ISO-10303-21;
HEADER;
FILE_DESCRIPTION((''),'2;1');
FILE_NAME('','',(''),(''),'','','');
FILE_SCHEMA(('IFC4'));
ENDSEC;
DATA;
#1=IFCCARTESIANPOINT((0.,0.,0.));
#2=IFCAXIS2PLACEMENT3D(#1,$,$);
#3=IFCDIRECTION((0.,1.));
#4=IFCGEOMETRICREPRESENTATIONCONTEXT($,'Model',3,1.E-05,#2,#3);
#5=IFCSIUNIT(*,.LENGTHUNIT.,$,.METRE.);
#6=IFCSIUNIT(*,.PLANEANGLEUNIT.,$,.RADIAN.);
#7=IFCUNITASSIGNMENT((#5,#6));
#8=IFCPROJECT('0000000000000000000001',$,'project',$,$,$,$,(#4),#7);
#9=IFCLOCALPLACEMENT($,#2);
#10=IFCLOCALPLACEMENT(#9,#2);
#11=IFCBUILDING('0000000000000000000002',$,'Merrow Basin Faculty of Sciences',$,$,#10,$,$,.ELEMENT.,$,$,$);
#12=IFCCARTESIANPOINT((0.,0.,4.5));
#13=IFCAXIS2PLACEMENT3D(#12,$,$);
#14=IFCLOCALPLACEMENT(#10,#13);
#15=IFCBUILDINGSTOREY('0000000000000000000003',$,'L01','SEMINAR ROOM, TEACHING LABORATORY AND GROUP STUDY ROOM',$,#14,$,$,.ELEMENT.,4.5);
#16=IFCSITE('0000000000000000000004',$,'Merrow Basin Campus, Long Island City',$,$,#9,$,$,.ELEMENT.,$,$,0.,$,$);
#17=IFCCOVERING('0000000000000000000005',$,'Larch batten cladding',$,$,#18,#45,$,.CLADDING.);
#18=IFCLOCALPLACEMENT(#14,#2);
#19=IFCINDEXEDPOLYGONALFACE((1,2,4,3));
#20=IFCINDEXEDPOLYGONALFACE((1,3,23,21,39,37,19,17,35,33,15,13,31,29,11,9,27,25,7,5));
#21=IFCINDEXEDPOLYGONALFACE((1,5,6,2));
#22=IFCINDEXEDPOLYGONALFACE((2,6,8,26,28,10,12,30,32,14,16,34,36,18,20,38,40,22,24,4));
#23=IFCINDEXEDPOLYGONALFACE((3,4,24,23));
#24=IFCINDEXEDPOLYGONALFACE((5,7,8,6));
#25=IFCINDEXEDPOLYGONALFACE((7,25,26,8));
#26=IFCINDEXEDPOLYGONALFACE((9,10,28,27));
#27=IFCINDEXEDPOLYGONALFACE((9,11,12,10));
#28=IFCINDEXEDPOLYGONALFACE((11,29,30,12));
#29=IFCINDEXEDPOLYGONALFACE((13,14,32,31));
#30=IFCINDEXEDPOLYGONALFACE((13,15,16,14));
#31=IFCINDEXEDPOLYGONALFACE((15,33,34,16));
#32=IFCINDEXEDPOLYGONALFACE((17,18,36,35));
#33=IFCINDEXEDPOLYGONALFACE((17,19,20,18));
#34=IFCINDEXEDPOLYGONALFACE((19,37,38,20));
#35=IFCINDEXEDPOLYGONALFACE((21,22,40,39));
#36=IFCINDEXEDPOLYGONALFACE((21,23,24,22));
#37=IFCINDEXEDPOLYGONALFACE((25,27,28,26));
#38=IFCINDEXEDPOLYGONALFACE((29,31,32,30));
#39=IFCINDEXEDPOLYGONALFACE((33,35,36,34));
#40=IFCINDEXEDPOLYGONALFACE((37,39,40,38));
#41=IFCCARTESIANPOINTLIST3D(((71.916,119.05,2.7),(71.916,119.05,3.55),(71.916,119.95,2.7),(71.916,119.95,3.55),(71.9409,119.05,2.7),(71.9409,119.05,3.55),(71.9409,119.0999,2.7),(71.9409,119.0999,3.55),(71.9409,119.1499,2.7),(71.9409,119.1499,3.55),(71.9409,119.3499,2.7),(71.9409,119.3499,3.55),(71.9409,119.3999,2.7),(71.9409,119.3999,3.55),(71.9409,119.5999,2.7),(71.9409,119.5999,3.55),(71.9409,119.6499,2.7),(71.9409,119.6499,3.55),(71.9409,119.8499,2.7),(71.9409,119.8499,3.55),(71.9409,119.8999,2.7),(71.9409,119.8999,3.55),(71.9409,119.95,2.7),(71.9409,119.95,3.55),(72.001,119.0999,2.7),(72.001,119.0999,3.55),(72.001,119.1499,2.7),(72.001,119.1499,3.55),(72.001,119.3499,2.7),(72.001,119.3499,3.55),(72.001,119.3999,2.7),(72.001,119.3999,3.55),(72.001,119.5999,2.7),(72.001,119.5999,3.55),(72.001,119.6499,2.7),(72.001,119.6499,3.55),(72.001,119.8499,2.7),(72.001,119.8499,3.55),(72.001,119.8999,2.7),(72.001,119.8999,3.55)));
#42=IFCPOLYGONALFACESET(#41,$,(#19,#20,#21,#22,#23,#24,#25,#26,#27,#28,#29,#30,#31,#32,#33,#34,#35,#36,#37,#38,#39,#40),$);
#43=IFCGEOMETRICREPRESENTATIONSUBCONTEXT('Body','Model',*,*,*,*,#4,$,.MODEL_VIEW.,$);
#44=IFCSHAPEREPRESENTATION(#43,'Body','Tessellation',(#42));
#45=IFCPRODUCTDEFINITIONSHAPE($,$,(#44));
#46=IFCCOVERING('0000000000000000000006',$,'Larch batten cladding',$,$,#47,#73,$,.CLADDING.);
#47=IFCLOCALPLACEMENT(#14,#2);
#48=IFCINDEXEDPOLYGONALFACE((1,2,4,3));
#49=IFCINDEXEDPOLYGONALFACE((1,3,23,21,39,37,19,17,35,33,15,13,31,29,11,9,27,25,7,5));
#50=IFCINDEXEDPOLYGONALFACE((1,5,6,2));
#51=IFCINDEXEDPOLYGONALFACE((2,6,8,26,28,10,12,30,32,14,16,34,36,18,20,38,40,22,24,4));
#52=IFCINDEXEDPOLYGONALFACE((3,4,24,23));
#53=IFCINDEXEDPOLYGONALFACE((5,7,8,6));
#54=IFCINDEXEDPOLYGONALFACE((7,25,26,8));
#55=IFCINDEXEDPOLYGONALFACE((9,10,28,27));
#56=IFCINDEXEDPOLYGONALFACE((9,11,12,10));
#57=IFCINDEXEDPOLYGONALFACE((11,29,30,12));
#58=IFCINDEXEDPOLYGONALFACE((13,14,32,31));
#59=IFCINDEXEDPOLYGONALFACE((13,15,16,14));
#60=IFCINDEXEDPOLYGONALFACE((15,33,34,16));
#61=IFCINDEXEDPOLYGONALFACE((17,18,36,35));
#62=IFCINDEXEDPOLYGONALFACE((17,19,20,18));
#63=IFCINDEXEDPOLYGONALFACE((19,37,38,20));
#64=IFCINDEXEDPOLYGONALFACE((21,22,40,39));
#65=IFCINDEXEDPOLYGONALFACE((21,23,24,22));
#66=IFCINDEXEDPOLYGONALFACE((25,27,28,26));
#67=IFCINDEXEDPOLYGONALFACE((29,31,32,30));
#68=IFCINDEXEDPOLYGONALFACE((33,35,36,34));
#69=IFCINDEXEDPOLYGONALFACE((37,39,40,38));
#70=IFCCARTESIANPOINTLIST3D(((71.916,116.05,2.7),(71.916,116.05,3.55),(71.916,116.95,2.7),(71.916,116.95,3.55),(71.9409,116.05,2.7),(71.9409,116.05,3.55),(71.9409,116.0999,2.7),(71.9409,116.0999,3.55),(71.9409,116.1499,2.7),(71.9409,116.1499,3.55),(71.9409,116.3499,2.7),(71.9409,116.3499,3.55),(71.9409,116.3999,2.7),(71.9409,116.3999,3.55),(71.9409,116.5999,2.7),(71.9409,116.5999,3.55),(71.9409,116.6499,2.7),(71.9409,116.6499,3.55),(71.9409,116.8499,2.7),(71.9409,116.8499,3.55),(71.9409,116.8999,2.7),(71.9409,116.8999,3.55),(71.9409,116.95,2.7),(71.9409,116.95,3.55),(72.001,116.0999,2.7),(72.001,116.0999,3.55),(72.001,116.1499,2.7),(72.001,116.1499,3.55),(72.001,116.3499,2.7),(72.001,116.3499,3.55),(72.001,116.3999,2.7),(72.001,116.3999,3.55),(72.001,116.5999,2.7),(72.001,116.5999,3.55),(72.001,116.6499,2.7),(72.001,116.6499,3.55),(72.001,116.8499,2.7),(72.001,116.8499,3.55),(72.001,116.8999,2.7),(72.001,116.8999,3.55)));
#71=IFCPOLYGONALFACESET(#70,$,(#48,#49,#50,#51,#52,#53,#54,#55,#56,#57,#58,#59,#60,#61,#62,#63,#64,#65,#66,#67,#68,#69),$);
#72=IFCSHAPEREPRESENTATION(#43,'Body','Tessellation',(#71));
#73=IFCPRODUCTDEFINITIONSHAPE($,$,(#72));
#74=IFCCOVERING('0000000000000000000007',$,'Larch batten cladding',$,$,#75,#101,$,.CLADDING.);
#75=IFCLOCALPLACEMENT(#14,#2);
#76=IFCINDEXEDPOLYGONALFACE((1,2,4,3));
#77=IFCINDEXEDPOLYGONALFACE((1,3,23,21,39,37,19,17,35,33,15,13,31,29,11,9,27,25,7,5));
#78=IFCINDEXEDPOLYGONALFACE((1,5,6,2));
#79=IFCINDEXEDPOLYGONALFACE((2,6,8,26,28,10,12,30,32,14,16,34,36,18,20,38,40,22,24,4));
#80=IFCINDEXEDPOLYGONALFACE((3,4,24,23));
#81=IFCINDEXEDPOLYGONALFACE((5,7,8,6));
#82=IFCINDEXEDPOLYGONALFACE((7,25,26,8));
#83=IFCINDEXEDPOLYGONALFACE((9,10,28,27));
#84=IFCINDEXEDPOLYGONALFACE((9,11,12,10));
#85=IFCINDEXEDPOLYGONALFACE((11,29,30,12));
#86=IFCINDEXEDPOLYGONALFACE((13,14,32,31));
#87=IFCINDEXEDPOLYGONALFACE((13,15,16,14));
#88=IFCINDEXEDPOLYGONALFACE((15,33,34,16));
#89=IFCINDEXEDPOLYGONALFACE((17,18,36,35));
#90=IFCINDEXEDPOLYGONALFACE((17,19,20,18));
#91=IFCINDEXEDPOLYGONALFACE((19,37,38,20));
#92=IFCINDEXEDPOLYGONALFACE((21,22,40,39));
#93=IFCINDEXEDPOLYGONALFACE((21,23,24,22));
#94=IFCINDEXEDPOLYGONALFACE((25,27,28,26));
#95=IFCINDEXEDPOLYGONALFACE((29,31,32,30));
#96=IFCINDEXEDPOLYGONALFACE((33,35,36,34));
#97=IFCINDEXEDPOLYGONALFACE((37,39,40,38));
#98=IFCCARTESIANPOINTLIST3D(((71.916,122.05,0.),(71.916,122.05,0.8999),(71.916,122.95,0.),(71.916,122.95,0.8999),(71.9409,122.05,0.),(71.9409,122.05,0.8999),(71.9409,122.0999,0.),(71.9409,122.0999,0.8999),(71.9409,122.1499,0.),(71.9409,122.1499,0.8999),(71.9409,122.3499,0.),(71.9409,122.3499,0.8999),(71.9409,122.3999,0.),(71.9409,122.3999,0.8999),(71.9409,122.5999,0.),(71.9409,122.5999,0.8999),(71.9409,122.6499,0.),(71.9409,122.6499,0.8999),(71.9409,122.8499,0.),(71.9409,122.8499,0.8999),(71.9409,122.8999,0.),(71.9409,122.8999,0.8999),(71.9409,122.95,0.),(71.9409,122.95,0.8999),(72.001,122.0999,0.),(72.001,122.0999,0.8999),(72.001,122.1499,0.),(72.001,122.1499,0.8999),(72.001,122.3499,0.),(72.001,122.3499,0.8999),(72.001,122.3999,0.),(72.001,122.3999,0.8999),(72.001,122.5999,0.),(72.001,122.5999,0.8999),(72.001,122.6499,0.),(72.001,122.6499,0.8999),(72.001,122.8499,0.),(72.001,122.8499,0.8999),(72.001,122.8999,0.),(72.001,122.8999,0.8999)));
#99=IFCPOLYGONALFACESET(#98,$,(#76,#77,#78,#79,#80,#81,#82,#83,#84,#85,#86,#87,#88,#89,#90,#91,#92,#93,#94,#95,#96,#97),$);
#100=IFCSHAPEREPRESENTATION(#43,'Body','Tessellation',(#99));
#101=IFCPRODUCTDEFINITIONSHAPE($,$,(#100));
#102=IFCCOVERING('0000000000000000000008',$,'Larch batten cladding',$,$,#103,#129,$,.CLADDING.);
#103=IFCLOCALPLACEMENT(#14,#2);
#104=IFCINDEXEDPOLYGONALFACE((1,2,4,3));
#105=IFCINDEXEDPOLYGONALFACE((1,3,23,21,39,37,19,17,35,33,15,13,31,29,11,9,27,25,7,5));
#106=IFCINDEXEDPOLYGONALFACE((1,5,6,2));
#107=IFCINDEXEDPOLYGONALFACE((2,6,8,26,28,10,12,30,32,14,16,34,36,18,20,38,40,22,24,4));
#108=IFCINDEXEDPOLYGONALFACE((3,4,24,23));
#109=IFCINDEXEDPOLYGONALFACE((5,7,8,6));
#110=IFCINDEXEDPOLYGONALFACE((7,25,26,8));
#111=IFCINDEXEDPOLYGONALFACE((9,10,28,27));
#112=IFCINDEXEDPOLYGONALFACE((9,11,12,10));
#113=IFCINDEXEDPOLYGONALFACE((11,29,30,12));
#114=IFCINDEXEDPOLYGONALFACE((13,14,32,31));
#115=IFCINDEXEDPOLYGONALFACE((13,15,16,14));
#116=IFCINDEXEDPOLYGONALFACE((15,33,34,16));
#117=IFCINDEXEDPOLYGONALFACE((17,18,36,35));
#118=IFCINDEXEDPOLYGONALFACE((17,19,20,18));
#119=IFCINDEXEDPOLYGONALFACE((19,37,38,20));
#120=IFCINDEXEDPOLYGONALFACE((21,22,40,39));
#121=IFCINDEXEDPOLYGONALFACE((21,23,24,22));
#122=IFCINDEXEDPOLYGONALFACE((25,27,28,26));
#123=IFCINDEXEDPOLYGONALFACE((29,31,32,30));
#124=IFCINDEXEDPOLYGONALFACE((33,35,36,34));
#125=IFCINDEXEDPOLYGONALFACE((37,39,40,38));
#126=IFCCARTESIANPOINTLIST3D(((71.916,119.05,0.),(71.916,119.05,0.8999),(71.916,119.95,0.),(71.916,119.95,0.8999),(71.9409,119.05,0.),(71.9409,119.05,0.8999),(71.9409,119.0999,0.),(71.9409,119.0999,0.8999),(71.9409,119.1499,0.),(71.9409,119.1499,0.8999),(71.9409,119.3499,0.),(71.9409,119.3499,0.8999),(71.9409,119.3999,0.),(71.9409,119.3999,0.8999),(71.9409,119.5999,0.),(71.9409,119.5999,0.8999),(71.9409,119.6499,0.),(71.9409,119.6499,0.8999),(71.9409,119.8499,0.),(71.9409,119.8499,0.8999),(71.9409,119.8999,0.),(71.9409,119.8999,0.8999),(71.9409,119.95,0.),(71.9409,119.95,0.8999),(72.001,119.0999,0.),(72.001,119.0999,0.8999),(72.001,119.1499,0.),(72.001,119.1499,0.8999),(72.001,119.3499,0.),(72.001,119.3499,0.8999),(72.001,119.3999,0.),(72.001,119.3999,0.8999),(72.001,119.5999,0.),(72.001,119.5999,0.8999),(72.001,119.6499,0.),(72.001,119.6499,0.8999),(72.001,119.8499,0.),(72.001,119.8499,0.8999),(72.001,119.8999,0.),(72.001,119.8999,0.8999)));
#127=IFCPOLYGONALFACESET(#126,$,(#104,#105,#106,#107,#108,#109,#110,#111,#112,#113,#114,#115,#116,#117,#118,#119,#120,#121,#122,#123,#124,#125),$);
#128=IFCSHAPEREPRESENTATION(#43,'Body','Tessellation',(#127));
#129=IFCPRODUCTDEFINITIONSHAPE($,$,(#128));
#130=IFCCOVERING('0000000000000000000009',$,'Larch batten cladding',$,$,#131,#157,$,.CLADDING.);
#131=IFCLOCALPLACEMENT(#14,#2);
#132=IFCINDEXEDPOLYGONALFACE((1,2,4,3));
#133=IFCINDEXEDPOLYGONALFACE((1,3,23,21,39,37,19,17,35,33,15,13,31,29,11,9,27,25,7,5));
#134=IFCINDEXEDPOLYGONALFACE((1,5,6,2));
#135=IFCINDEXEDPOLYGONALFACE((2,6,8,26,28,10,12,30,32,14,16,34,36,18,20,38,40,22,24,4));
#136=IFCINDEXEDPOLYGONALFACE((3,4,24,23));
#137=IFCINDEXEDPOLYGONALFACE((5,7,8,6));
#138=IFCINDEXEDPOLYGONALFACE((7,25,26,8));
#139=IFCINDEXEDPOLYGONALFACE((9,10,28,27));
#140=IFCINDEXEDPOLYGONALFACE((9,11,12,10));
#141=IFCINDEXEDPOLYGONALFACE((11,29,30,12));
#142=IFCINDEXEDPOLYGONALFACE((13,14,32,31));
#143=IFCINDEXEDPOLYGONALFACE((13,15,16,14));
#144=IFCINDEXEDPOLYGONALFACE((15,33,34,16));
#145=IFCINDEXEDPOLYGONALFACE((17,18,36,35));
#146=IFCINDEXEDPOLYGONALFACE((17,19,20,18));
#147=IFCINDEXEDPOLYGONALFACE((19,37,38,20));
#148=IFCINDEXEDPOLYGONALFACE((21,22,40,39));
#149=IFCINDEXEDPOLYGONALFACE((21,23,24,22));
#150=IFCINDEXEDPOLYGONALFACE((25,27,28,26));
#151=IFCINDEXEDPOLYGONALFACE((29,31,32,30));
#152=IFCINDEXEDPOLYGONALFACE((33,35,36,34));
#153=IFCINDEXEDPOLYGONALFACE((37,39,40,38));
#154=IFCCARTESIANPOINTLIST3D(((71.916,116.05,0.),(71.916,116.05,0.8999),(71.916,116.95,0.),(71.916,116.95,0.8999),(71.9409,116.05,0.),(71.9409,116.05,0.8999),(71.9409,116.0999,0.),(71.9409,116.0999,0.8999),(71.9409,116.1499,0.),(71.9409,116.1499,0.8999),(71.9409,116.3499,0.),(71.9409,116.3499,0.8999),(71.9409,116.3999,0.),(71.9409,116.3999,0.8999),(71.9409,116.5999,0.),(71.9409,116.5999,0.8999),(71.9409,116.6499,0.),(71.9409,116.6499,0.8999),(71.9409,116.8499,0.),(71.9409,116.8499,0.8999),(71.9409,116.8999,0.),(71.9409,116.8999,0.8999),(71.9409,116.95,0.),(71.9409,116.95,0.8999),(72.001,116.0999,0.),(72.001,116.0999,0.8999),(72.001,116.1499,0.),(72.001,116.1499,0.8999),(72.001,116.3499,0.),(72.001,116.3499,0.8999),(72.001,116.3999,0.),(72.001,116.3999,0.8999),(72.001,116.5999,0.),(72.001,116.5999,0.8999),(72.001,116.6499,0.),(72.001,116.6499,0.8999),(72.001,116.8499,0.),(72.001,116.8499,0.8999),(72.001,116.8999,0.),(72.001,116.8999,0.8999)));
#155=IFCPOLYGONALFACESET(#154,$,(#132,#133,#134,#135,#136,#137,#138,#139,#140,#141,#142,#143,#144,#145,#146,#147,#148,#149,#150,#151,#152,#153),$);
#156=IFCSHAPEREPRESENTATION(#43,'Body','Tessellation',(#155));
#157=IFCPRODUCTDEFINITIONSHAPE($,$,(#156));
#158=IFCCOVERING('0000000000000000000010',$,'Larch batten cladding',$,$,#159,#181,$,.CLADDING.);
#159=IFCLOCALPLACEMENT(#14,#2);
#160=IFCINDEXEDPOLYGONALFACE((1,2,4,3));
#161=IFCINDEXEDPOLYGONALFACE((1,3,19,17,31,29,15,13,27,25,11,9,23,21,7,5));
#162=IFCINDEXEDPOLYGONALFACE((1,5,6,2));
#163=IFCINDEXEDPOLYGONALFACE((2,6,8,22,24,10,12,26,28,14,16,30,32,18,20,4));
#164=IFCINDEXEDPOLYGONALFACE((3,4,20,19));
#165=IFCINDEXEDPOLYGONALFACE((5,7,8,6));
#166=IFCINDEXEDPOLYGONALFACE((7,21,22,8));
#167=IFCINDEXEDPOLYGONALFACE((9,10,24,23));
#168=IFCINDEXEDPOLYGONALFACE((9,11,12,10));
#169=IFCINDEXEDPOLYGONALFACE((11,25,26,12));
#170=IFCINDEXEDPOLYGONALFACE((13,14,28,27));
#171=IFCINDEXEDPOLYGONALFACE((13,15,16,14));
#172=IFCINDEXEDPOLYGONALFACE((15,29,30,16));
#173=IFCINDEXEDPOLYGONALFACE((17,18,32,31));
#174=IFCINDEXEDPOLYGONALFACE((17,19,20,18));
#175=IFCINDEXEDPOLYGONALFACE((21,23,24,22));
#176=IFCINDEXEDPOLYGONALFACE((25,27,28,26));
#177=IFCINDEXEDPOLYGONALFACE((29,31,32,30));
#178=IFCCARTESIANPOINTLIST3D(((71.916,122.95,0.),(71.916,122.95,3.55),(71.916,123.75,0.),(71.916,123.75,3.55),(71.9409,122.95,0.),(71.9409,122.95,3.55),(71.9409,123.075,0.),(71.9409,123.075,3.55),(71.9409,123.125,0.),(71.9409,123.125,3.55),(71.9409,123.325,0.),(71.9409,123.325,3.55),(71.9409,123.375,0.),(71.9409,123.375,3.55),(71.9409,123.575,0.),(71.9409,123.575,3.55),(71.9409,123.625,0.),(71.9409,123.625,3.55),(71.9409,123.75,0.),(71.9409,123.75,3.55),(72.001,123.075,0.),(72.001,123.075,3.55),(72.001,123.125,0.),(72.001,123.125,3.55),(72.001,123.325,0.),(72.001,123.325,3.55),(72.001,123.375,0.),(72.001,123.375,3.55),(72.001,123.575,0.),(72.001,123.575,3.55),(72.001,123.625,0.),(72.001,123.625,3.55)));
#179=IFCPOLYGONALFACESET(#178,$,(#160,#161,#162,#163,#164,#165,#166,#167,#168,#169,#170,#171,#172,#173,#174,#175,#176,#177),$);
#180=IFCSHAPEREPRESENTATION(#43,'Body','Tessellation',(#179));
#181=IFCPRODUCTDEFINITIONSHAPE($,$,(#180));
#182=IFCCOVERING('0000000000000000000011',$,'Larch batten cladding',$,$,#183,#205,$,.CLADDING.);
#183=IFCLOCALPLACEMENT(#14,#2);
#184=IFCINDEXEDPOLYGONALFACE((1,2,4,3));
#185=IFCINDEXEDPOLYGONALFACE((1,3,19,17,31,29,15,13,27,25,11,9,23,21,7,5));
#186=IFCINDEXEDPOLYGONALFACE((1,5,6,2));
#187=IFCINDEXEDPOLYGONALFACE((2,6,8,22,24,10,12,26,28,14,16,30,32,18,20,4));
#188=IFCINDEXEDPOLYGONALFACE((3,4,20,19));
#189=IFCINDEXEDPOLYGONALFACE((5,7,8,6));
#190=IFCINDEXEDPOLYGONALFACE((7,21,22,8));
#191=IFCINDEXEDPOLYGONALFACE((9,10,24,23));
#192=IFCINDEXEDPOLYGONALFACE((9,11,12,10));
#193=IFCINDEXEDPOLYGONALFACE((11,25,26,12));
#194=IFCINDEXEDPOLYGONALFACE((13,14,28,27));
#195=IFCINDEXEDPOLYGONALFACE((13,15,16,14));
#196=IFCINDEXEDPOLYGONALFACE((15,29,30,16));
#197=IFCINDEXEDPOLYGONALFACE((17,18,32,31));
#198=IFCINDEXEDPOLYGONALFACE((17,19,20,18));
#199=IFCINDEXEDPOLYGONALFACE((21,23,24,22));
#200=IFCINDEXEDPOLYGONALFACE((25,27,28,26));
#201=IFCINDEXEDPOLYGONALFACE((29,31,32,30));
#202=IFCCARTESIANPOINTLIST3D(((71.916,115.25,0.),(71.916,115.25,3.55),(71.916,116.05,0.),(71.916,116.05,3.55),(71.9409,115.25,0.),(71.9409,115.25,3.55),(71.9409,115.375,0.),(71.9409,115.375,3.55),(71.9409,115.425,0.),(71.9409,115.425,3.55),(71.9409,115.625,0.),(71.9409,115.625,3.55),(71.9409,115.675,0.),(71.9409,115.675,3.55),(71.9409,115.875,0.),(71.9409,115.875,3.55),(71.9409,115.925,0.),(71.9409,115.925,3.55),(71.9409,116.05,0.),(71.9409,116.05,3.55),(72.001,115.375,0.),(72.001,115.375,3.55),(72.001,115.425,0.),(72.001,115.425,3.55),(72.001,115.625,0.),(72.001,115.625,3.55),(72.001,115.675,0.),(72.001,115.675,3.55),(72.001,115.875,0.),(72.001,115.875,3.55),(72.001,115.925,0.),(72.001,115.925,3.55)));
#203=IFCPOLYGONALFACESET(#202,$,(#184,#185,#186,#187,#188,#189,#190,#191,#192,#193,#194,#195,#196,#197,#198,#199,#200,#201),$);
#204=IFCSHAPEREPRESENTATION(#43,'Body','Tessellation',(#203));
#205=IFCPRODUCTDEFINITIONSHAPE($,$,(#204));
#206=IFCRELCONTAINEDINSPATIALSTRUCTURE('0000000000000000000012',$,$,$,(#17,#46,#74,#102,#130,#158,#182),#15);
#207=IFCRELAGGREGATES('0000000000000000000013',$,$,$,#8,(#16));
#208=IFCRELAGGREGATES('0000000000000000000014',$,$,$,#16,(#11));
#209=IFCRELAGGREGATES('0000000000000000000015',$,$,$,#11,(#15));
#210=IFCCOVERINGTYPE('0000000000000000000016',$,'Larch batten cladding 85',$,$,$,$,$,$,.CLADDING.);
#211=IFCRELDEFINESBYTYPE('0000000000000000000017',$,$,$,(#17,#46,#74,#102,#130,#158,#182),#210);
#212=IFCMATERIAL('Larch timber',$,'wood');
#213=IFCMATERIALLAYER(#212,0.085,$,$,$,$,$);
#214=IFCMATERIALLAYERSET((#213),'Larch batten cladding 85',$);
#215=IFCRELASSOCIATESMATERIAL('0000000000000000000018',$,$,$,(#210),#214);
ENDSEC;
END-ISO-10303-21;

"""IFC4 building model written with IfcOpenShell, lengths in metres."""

from ifc_helpers import new_model, si_unit, direction, frame, origin, place, context, subcontext, project, spatial, polyline, outline, extrude, source, transform, mapped, material, layer, layer_set, type_object, element, save


model = new_model("IFC4")

# Units and contexts
model_context = context("Model", 3, precision=1e-05, world=origin(), true_north=direction((0.0, 1.0)))
body_context = subcontext(model_context, "Body", "Model", "MODEL_VIEW")
ifc_project = project(units=[si_unit("LENGTHUNIT", "METRE"), si_unit("PLANEANGLEUNIT", "RADIAN")], contexts=[model_context])

# Site, building, storey
site_placement = place(None, origin())
site = spatial("IfcSite", under=ifc_project, at=site_placement, Name="Merrow Basin Campus, Long Island City", CompositionType="ELEMENT", RefElevation=0.0)
building_placement = place(site_placement, origin())
building = spatial("IfcBuilding", under=site, at=building_placement, Name="Merrow Basin Faculty of Sciences", CompositionType="ELEMENT")
storey_placement = place(building_placement, frame((0.0, 0.0, 4.5)))
storey = spatial("IfcBuildingStorey", under=building, at=storey_placement, Name="L01", Description="SEMINAR ROOM, TEACHING LABORATORY AND GROUP STUDY ROOM", CompositionType="ELEMENT", Elevation=4.5)

# Coverings
ifc_material_1 = material(Name="Larch timber", Category="wood")
ifc_layer_1 = layer(ifc_material_1, 0.085)
ifc_layer_set_1 = layer_set([ifc_layer_1], Name="Larch batten cladding 85")
covering_type = type_object("IfcCoveringType", Name="Larch batten cladding 85", PredefinedType="CLADDING", material=ifc_layer_set_1)
shared_shape_1 = source(origin(), body_context, "Body", "SweptSolid", [
    extrude(outline(polyline([(0.0, 0.0), (0.8999, 0.0), (0.8999, 0.0249), (0.8501, 0.0249), (0.8501, 0.085), (0.8, 0.085), (0.8, 0.0249), (0.6001, 0.0249), (0.6001, 0.085), (0.55, 0.085), (0.55, 0.0249), (0.3501, 0.0249), (0.3501, 0.085), (0.3, 0.085), (0.3, 0.0249), (0.1001, 0.0249), (0.1001, 0.085), (0.05, 0.085), (0.05, 0.0249), (0.0, 0.0249), (0.0, 0.0)])), origin(), (0.0, 0.0, 1.0), 0.8501),
])
for number, where, z_axis, x_axis, name in (
    (1, (71.916, 119.95, 2.7), (0.0, 0.0, 1.0), (0.0, -1.0, 0.0), "Larch batten cladding"),
    (2, (71.916, 116.95, 2.7), (0.0, 0.0, 1.0), (0.0, -1.0, 0.0), "Larch batten cladding"),
):
    element("IfcCovering", number, at=place(storey_placement, frame(where, z_axis=z_axis, x_axis=x_axis)), inside=storey, type_object=covering_type, Name=name, PredefinedType="CLADDING", context=body_context, shape_type="MappedRepresentation", body=[
        mapped(shared_shape_1, transform((0.0, 0.0, 0.0), scale=1.0)),
    ])
shared_shape_2 = source(origin(), body_context, "Body", "SweptSolid", [
    extrude(outline(polyline([(0.0, 0.0), (0.8999, 0.0), (0.8999, 0.0249), (0.8501, 0.0249), (0.8501, 0.085), (0.8, 0.085), (0.8, 0.0249), (0.6001, 0.0249), (0.6001, 0.085), (0.55, 0.085), (0.55, 0.0249), (0.3501, 0.0249), (0.3501, 0.085), (0.3, 0.085), (0.3, 0.0249), (0.1001, 0.0249), (0.1001, 0.085), (0.05, 0.085), (0.05, 0.0249), (0.0, 0.0249), (0.0, 0.0)])), origin(), (0.0, 0.0, 1.0), 0.8999),
])
for number, where, z_axis, x_axis, name in (
    (3, (71.916, 122.95, 0.0), (0.0, 0.0, 1.0), (0.0, -1.0, 0.0), "Larch batten cladding"),
    (4, (71.916, 119.95, 0.0), (0.0, 0.0, 1.0), (0.0, -1.0, 0.0), "Larch batten cladding"),
    (5, (71.916, 116.95, 0.0), (0.0, 0.0, 1.0), (0.0, -1.0, 0.0), "Larch batten cladding"),
):
    element("IfcCovering", number, at=place(storey_placement, frame(where, z_axis=z_axis, x_axis=x_axis)), inside=storey, type_object=covering_type, Name=name, PredefinedType="CLADDING", context=body_context, shape_type="MappedRepresentation", body=[
        mapped(shared_shape_2, transform((0.0, 0.0, 0.0), scale=1.0)),
    ])
shared_shape_3 = source(origin(), body_context, "Body", "SweptSolid", [
    extrude(outline(polyline([(0.0, 0.0), (0.8, 0.0), (0.8, 0.0249), (0.675, 0.0249), (0.675, 0.085), (0.625, 0.085), (0.625, 0.0249), (0.425, 0.0249), (0.425, 0.085), (0.375, 0.085), (0.375, 0.0249), (0.175, 0.0249), (0.175, 0.085), (0.125, 0.085), (0.125, 0.0249), (0.0, 0.0249), (0.0, 0.0)])), origin(), (0.0, 0.0, 1.0), 3.55),
])
for number, where, z_axis, x_axis, name in (
    (6, (71.916, 123.75, 0.0), (0.0, 0.0, 1.0), (0.0, -1.0, 0.0), "Larch batten cladding"),
    (7, (71.916, 116.05, 0.0), (0.0, 0.0, 1.0), (0.0, -1.0, 0.0), "Larch batten cladding"),
):
    element("IfcCovering", number, at=place(storey_placement, frame(where, z_axis=z_axis, x_axis=x_axis)), inside=storey, type_object=covering_type, Name=name, PredefinedType="CLADDING", context=body_context, shape_type="MappedRepresentation", body=[
        mapped(shared_shape_3, transform((0.0, 0.0, 0.0), scale=1.0)),
    ])

save(model, "model.ifc")
